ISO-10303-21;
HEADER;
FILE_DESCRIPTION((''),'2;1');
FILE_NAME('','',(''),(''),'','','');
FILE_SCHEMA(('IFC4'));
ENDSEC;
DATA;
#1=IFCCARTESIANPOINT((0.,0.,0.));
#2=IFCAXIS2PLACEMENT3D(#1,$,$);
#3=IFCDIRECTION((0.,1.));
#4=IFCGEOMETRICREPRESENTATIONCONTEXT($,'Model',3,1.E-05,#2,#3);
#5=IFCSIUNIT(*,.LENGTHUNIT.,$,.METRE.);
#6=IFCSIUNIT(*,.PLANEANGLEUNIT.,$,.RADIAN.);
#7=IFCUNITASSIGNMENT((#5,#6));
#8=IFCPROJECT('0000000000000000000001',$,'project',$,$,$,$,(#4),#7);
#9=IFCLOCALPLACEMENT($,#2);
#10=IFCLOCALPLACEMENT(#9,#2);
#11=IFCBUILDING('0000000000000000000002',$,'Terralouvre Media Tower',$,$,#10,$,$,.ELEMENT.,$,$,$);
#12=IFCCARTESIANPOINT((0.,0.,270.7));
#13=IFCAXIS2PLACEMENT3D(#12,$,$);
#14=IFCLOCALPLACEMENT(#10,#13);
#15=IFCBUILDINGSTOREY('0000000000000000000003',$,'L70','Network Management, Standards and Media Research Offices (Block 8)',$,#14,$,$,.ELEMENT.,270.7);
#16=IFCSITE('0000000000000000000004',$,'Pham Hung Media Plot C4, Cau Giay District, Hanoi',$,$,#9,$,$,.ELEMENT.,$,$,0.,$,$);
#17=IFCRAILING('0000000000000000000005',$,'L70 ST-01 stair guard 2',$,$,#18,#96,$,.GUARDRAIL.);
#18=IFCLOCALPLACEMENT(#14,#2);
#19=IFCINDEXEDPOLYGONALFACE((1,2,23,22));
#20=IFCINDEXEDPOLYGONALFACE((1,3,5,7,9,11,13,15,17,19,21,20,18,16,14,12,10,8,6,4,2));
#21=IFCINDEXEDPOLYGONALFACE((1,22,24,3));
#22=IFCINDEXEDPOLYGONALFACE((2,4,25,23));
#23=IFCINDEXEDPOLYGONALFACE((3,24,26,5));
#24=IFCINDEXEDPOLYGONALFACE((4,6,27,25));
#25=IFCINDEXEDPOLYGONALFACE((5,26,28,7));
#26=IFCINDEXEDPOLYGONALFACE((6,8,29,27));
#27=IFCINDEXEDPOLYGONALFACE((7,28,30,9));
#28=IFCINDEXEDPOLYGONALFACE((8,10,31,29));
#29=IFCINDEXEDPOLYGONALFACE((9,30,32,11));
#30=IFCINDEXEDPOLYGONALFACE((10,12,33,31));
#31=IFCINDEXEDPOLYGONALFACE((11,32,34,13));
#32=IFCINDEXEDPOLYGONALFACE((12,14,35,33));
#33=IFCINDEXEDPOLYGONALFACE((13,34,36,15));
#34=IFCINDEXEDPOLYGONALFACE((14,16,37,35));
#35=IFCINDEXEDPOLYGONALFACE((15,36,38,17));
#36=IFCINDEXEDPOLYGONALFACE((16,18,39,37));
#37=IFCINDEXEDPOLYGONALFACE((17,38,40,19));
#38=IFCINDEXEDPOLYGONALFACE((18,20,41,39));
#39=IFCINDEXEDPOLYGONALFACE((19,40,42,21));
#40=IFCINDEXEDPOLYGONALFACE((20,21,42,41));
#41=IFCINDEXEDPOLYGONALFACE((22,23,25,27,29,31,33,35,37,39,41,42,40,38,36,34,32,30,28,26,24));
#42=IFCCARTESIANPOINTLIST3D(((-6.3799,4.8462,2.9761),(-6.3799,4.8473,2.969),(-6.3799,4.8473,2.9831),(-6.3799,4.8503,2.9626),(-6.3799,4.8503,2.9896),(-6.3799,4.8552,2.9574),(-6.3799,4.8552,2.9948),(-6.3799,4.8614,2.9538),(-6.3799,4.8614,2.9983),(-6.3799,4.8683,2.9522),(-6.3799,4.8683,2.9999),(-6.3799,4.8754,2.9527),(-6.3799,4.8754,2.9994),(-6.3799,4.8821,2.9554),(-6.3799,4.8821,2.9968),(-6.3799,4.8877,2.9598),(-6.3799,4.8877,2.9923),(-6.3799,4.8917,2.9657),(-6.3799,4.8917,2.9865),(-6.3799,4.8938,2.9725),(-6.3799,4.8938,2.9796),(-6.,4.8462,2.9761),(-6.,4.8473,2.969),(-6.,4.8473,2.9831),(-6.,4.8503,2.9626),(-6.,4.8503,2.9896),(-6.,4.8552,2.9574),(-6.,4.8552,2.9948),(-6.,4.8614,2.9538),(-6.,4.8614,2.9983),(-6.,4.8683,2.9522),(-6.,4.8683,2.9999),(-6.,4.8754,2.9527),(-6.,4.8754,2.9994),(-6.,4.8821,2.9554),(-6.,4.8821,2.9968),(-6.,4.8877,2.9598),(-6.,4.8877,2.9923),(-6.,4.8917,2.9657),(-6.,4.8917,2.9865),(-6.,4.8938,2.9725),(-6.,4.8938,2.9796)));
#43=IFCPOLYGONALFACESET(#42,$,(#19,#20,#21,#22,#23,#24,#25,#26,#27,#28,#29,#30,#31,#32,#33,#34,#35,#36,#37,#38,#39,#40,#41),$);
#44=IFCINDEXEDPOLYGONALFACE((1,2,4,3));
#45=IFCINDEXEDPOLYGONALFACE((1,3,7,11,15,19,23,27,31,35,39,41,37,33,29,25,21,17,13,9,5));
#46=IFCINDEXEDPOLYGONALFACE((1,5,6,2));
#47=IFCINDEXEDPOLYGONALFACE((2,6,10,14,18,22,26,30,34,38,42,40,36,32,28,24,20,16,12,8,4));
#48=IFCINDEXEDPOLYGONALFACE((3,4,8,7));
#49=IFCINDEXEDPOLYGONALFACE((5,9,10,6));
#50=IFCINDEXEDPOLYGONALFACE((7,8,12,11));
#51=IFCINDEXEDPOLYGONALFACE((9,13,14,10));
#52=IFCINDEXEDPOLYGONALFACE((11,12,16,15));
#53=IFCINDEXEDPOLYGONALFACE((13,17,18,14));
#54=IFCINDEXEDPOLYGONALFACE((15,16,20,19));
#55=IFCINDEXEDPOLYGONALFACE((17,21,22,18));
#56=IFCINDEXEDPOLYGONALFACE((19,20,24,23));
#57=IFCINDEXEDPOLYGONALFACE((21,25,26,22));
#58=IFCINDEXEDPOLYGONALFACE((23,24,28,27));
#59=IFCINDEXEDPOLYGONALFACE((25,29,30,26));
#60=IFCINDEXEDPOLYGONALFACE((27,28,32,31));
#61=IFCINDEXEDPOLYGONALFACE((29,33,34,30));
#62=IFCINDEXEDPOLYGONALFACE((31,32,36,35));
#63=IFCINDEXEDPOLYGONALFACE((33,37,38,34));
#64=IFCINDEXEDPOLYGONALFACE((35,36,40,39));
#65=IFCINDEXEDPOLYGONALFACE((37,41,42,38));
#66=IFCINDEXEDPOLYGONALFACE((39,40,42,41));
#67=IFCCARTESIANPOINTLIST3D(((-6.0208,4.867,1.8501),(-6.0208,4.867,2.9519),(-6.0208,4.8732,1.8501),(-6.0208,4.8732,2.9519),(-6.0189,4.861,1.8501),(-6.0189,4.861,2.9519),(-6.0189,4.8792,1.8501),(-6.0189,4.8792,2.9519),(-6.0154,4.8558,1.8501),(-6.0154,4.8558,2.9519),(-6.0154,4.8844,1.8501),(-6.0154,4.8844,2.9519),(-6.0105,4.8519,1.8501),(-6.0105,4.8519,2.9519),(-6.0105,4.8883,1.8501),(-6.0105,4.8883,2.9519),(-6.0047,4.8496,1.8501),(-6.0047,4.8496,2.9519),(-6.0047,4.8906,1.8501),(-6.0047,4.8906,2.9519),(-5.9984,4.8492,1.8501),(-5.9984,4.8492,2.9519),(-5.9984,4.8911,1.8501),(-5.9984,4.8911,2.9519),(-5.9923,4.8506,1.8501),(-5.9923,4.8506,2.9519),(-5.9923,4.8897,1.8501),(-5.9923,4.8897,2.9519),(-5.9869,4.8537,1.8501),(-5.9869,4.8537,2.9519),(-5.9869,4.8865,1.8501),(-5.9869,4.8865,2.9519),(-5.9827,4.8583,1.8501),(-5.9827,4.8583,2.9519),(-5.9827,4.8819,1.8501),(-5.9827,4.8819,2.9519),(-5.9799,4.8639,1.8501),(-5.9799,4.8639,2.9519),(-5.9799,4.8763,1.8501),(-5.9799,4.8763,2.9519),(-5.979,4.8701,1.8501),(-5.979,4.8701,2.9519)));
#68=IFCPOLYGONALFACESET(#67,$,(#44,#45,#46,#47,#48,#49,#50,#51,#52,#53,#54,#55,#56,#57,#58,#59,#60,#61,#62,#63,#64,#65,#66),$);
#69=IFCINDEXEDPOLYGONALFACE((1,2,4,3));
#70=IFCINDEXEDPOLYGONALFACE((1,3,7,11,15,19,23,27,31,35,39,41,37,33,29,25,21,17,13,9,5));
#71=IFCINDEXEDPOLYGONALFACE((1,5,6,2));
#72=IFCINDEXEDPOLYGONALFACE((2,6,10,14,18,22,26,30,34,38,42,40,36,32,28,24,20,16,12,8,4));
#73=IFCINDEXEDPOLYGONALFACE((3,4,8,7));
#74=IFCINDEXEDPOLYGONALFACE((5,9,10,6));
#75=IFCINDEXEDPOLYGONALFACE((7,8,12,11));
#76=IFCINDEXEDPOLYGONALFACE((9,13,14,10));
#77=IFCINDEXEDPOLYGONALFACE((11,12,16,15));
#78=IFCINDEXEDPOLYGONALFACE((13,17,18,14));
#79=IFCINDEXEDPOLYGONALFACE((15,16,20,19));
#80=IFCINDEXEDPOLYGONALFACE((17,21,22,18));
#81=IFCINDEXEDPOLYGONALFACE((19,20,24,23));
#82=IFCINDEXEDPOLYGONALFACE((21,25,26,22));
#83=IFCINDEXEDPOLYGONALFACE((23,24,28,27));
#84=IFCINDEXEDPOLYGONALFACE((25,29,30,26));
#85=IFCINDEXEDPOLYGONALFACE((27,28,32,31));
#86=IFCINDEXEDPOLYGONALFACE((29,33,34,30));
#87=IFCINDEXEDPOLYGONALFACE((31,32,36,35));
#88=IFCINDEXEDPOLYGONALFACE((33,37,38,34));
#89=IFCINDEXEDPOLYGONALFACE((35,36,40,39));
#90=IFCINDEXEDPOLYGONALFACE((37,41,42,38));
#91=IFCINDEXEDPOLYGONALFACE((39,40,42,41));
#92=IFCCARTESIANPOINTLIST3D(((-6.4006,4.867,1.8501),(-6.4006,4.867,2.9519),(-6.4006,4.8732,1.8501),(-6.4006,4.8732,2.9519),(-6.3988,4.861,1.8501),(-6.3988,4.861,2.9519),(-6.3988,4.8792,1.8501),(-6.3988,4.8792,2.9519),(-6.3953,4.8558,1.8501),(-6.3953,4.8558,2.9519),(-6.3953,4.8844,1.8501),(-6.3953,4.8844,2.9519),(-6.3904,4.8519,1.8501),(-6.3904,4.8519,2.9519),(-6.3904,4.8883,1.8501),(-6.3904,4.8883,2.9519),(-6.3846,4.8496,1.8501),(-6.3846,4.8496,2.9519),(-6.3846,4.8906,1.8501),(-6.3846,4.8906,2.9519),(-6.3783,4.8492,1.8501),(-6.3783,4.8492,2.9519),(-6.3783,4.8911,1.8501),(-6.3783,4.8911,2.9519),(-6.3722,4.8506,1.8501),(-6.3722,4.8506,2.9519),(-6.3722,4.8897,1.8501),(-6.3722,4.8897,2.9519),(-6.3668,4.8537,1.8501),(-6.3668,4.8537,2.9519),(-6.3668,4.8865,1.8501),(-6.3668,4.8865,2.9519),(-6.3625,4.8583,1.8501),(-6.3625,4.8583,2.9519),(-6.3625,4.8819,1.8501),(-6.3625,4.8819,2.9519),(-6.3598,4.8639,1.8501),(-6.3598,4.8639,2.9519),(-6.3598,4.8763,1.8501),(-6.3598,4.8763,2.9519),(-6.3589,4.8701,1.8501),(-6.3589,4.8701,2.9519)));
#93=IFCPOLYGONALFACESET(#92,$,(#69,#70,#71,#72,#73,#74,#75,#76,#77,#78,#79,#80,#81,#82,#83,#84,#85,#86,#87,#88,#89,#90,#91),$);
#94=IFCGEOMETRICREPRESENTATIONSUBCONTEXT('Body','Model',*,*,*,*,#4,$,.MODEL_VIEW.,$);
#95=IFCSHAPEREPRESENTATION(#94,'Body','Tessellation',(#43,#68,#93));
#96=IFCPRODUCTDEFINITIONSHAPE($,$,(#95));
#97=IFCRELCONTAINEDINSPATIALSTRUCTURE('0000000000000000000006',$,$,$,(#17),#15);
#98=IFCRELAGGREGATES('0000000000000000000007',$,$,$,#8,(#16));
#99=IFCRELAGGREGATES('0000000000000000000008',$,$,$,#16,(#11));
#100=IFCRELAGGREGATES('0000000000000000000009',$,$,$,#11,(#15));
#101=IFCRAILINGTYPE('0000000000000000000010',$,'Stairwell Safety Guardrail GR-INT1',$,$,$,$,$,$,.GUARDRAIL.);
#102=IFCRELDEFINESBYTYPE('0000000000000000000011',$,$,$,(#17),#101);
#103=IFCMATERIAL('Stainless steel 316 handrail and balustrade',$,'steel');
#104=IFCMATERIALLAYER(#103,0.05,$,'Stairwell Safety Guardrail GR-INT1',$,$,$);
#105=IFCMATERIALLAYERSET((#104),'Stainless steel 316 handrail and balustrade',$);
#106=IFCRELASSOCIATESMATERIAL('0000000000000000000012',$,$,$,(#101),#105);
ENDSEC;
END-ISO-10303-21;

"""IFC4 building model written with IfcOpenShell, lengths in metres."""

from ifc_helpers import new_model, si_unit, direction, frame, origin, origin_2d, place, context, subcontext, project, spatial, circle, extrude, material, layer, layer_set, type_object, element, save


model = new_model("IFC4")

# Units and contexts
model_context = context("Model", 3, precision=1e-05, world=origin(), true_north=direction((0.0, 1.0)))
body_context = subcontext(model_context, "Body", "Model", "MODEL_VIEW")
ifc_project = project(units=[si_unit("LENGTHUNIT", "METRE"), si_unit("PLANEANGLEUNIT", "RADIAN")], contexts=[model_context])

# Site, building, storey
site_placement = place(None, origin())
site = spatial("IfcSite", under=ifc_project, at=site_placement, Name="Pham Hung Media Plot C4, Cau Giay District, Hanoi", CompositionType="ELEMENT", RefElevation=0.0)
building_placement = place(site_placement, origin())
building = spatial("IfcBuilding", under=site, at=building_placement, Name="Terralouvre Media Tower", CompositionType="ELEMENT")
storey_placement = place(building_placement, frame((0.0, 0.0, 270.7)))
storey = spatial("IfcBuildingStorey", under=building, at=storey_placement, Name="L70", Description="Network Management, Standards and Media Research Offices (Block 8)", CompositionType="ELEMENT", Elevation=270.7)

# Railing
ifc_material_1 = material(Name="Stainless steel 316 handrail and balustrade", Category="steel")
ifc_layer_1 = layer(ifc_material_1, 0.05, Name="Stairwell Safety Guardrail GR-INT1")
ifc_layer_set_1 = layer_set([ifc_layer_1], Name="Stainless steel 316 handrail and balustrade")
railing_type_1 = type_object("IfcRailingType", Name="Stairwell Safety Guardrail GR-INT1", PredefinedType="GUARDRAIL", material=ifc_layer_set_1)
railing_1_placement = place(storey_placement, frame((-6.0, 4.8701, 1.8501)))
element("IfcRailing", 1, at=railing_1_placement, inside=storey, type_object=railing_type_1, Name="L70 ST-01 stair guard 2", PredefinedType="GUARDRAIL", context=body_context, shape_type="SweptSolid", body=[
    extrude(circle(Radius=0.0239, at=origin_2d()), frame((0.0, 0.0, 1.126), z_axis=(-1.0, 0.0, 0.0), x_axis=(0.0, -1.0, 0.0)), (0.0, 0.0, 1.0), 0.3799),
    extrude(circle(Radius=0.021, at=origin_2d()), origin(), (0.0, 0.0, 1.0), 1.1018),
    extrude(circle(Radius=0.021, at=origin_2d()), frame((-0.3799, 0.0, 0.0)), (0.0, 0.0, 1.0), 1.1018),
])

save(model, "model.ifc")
